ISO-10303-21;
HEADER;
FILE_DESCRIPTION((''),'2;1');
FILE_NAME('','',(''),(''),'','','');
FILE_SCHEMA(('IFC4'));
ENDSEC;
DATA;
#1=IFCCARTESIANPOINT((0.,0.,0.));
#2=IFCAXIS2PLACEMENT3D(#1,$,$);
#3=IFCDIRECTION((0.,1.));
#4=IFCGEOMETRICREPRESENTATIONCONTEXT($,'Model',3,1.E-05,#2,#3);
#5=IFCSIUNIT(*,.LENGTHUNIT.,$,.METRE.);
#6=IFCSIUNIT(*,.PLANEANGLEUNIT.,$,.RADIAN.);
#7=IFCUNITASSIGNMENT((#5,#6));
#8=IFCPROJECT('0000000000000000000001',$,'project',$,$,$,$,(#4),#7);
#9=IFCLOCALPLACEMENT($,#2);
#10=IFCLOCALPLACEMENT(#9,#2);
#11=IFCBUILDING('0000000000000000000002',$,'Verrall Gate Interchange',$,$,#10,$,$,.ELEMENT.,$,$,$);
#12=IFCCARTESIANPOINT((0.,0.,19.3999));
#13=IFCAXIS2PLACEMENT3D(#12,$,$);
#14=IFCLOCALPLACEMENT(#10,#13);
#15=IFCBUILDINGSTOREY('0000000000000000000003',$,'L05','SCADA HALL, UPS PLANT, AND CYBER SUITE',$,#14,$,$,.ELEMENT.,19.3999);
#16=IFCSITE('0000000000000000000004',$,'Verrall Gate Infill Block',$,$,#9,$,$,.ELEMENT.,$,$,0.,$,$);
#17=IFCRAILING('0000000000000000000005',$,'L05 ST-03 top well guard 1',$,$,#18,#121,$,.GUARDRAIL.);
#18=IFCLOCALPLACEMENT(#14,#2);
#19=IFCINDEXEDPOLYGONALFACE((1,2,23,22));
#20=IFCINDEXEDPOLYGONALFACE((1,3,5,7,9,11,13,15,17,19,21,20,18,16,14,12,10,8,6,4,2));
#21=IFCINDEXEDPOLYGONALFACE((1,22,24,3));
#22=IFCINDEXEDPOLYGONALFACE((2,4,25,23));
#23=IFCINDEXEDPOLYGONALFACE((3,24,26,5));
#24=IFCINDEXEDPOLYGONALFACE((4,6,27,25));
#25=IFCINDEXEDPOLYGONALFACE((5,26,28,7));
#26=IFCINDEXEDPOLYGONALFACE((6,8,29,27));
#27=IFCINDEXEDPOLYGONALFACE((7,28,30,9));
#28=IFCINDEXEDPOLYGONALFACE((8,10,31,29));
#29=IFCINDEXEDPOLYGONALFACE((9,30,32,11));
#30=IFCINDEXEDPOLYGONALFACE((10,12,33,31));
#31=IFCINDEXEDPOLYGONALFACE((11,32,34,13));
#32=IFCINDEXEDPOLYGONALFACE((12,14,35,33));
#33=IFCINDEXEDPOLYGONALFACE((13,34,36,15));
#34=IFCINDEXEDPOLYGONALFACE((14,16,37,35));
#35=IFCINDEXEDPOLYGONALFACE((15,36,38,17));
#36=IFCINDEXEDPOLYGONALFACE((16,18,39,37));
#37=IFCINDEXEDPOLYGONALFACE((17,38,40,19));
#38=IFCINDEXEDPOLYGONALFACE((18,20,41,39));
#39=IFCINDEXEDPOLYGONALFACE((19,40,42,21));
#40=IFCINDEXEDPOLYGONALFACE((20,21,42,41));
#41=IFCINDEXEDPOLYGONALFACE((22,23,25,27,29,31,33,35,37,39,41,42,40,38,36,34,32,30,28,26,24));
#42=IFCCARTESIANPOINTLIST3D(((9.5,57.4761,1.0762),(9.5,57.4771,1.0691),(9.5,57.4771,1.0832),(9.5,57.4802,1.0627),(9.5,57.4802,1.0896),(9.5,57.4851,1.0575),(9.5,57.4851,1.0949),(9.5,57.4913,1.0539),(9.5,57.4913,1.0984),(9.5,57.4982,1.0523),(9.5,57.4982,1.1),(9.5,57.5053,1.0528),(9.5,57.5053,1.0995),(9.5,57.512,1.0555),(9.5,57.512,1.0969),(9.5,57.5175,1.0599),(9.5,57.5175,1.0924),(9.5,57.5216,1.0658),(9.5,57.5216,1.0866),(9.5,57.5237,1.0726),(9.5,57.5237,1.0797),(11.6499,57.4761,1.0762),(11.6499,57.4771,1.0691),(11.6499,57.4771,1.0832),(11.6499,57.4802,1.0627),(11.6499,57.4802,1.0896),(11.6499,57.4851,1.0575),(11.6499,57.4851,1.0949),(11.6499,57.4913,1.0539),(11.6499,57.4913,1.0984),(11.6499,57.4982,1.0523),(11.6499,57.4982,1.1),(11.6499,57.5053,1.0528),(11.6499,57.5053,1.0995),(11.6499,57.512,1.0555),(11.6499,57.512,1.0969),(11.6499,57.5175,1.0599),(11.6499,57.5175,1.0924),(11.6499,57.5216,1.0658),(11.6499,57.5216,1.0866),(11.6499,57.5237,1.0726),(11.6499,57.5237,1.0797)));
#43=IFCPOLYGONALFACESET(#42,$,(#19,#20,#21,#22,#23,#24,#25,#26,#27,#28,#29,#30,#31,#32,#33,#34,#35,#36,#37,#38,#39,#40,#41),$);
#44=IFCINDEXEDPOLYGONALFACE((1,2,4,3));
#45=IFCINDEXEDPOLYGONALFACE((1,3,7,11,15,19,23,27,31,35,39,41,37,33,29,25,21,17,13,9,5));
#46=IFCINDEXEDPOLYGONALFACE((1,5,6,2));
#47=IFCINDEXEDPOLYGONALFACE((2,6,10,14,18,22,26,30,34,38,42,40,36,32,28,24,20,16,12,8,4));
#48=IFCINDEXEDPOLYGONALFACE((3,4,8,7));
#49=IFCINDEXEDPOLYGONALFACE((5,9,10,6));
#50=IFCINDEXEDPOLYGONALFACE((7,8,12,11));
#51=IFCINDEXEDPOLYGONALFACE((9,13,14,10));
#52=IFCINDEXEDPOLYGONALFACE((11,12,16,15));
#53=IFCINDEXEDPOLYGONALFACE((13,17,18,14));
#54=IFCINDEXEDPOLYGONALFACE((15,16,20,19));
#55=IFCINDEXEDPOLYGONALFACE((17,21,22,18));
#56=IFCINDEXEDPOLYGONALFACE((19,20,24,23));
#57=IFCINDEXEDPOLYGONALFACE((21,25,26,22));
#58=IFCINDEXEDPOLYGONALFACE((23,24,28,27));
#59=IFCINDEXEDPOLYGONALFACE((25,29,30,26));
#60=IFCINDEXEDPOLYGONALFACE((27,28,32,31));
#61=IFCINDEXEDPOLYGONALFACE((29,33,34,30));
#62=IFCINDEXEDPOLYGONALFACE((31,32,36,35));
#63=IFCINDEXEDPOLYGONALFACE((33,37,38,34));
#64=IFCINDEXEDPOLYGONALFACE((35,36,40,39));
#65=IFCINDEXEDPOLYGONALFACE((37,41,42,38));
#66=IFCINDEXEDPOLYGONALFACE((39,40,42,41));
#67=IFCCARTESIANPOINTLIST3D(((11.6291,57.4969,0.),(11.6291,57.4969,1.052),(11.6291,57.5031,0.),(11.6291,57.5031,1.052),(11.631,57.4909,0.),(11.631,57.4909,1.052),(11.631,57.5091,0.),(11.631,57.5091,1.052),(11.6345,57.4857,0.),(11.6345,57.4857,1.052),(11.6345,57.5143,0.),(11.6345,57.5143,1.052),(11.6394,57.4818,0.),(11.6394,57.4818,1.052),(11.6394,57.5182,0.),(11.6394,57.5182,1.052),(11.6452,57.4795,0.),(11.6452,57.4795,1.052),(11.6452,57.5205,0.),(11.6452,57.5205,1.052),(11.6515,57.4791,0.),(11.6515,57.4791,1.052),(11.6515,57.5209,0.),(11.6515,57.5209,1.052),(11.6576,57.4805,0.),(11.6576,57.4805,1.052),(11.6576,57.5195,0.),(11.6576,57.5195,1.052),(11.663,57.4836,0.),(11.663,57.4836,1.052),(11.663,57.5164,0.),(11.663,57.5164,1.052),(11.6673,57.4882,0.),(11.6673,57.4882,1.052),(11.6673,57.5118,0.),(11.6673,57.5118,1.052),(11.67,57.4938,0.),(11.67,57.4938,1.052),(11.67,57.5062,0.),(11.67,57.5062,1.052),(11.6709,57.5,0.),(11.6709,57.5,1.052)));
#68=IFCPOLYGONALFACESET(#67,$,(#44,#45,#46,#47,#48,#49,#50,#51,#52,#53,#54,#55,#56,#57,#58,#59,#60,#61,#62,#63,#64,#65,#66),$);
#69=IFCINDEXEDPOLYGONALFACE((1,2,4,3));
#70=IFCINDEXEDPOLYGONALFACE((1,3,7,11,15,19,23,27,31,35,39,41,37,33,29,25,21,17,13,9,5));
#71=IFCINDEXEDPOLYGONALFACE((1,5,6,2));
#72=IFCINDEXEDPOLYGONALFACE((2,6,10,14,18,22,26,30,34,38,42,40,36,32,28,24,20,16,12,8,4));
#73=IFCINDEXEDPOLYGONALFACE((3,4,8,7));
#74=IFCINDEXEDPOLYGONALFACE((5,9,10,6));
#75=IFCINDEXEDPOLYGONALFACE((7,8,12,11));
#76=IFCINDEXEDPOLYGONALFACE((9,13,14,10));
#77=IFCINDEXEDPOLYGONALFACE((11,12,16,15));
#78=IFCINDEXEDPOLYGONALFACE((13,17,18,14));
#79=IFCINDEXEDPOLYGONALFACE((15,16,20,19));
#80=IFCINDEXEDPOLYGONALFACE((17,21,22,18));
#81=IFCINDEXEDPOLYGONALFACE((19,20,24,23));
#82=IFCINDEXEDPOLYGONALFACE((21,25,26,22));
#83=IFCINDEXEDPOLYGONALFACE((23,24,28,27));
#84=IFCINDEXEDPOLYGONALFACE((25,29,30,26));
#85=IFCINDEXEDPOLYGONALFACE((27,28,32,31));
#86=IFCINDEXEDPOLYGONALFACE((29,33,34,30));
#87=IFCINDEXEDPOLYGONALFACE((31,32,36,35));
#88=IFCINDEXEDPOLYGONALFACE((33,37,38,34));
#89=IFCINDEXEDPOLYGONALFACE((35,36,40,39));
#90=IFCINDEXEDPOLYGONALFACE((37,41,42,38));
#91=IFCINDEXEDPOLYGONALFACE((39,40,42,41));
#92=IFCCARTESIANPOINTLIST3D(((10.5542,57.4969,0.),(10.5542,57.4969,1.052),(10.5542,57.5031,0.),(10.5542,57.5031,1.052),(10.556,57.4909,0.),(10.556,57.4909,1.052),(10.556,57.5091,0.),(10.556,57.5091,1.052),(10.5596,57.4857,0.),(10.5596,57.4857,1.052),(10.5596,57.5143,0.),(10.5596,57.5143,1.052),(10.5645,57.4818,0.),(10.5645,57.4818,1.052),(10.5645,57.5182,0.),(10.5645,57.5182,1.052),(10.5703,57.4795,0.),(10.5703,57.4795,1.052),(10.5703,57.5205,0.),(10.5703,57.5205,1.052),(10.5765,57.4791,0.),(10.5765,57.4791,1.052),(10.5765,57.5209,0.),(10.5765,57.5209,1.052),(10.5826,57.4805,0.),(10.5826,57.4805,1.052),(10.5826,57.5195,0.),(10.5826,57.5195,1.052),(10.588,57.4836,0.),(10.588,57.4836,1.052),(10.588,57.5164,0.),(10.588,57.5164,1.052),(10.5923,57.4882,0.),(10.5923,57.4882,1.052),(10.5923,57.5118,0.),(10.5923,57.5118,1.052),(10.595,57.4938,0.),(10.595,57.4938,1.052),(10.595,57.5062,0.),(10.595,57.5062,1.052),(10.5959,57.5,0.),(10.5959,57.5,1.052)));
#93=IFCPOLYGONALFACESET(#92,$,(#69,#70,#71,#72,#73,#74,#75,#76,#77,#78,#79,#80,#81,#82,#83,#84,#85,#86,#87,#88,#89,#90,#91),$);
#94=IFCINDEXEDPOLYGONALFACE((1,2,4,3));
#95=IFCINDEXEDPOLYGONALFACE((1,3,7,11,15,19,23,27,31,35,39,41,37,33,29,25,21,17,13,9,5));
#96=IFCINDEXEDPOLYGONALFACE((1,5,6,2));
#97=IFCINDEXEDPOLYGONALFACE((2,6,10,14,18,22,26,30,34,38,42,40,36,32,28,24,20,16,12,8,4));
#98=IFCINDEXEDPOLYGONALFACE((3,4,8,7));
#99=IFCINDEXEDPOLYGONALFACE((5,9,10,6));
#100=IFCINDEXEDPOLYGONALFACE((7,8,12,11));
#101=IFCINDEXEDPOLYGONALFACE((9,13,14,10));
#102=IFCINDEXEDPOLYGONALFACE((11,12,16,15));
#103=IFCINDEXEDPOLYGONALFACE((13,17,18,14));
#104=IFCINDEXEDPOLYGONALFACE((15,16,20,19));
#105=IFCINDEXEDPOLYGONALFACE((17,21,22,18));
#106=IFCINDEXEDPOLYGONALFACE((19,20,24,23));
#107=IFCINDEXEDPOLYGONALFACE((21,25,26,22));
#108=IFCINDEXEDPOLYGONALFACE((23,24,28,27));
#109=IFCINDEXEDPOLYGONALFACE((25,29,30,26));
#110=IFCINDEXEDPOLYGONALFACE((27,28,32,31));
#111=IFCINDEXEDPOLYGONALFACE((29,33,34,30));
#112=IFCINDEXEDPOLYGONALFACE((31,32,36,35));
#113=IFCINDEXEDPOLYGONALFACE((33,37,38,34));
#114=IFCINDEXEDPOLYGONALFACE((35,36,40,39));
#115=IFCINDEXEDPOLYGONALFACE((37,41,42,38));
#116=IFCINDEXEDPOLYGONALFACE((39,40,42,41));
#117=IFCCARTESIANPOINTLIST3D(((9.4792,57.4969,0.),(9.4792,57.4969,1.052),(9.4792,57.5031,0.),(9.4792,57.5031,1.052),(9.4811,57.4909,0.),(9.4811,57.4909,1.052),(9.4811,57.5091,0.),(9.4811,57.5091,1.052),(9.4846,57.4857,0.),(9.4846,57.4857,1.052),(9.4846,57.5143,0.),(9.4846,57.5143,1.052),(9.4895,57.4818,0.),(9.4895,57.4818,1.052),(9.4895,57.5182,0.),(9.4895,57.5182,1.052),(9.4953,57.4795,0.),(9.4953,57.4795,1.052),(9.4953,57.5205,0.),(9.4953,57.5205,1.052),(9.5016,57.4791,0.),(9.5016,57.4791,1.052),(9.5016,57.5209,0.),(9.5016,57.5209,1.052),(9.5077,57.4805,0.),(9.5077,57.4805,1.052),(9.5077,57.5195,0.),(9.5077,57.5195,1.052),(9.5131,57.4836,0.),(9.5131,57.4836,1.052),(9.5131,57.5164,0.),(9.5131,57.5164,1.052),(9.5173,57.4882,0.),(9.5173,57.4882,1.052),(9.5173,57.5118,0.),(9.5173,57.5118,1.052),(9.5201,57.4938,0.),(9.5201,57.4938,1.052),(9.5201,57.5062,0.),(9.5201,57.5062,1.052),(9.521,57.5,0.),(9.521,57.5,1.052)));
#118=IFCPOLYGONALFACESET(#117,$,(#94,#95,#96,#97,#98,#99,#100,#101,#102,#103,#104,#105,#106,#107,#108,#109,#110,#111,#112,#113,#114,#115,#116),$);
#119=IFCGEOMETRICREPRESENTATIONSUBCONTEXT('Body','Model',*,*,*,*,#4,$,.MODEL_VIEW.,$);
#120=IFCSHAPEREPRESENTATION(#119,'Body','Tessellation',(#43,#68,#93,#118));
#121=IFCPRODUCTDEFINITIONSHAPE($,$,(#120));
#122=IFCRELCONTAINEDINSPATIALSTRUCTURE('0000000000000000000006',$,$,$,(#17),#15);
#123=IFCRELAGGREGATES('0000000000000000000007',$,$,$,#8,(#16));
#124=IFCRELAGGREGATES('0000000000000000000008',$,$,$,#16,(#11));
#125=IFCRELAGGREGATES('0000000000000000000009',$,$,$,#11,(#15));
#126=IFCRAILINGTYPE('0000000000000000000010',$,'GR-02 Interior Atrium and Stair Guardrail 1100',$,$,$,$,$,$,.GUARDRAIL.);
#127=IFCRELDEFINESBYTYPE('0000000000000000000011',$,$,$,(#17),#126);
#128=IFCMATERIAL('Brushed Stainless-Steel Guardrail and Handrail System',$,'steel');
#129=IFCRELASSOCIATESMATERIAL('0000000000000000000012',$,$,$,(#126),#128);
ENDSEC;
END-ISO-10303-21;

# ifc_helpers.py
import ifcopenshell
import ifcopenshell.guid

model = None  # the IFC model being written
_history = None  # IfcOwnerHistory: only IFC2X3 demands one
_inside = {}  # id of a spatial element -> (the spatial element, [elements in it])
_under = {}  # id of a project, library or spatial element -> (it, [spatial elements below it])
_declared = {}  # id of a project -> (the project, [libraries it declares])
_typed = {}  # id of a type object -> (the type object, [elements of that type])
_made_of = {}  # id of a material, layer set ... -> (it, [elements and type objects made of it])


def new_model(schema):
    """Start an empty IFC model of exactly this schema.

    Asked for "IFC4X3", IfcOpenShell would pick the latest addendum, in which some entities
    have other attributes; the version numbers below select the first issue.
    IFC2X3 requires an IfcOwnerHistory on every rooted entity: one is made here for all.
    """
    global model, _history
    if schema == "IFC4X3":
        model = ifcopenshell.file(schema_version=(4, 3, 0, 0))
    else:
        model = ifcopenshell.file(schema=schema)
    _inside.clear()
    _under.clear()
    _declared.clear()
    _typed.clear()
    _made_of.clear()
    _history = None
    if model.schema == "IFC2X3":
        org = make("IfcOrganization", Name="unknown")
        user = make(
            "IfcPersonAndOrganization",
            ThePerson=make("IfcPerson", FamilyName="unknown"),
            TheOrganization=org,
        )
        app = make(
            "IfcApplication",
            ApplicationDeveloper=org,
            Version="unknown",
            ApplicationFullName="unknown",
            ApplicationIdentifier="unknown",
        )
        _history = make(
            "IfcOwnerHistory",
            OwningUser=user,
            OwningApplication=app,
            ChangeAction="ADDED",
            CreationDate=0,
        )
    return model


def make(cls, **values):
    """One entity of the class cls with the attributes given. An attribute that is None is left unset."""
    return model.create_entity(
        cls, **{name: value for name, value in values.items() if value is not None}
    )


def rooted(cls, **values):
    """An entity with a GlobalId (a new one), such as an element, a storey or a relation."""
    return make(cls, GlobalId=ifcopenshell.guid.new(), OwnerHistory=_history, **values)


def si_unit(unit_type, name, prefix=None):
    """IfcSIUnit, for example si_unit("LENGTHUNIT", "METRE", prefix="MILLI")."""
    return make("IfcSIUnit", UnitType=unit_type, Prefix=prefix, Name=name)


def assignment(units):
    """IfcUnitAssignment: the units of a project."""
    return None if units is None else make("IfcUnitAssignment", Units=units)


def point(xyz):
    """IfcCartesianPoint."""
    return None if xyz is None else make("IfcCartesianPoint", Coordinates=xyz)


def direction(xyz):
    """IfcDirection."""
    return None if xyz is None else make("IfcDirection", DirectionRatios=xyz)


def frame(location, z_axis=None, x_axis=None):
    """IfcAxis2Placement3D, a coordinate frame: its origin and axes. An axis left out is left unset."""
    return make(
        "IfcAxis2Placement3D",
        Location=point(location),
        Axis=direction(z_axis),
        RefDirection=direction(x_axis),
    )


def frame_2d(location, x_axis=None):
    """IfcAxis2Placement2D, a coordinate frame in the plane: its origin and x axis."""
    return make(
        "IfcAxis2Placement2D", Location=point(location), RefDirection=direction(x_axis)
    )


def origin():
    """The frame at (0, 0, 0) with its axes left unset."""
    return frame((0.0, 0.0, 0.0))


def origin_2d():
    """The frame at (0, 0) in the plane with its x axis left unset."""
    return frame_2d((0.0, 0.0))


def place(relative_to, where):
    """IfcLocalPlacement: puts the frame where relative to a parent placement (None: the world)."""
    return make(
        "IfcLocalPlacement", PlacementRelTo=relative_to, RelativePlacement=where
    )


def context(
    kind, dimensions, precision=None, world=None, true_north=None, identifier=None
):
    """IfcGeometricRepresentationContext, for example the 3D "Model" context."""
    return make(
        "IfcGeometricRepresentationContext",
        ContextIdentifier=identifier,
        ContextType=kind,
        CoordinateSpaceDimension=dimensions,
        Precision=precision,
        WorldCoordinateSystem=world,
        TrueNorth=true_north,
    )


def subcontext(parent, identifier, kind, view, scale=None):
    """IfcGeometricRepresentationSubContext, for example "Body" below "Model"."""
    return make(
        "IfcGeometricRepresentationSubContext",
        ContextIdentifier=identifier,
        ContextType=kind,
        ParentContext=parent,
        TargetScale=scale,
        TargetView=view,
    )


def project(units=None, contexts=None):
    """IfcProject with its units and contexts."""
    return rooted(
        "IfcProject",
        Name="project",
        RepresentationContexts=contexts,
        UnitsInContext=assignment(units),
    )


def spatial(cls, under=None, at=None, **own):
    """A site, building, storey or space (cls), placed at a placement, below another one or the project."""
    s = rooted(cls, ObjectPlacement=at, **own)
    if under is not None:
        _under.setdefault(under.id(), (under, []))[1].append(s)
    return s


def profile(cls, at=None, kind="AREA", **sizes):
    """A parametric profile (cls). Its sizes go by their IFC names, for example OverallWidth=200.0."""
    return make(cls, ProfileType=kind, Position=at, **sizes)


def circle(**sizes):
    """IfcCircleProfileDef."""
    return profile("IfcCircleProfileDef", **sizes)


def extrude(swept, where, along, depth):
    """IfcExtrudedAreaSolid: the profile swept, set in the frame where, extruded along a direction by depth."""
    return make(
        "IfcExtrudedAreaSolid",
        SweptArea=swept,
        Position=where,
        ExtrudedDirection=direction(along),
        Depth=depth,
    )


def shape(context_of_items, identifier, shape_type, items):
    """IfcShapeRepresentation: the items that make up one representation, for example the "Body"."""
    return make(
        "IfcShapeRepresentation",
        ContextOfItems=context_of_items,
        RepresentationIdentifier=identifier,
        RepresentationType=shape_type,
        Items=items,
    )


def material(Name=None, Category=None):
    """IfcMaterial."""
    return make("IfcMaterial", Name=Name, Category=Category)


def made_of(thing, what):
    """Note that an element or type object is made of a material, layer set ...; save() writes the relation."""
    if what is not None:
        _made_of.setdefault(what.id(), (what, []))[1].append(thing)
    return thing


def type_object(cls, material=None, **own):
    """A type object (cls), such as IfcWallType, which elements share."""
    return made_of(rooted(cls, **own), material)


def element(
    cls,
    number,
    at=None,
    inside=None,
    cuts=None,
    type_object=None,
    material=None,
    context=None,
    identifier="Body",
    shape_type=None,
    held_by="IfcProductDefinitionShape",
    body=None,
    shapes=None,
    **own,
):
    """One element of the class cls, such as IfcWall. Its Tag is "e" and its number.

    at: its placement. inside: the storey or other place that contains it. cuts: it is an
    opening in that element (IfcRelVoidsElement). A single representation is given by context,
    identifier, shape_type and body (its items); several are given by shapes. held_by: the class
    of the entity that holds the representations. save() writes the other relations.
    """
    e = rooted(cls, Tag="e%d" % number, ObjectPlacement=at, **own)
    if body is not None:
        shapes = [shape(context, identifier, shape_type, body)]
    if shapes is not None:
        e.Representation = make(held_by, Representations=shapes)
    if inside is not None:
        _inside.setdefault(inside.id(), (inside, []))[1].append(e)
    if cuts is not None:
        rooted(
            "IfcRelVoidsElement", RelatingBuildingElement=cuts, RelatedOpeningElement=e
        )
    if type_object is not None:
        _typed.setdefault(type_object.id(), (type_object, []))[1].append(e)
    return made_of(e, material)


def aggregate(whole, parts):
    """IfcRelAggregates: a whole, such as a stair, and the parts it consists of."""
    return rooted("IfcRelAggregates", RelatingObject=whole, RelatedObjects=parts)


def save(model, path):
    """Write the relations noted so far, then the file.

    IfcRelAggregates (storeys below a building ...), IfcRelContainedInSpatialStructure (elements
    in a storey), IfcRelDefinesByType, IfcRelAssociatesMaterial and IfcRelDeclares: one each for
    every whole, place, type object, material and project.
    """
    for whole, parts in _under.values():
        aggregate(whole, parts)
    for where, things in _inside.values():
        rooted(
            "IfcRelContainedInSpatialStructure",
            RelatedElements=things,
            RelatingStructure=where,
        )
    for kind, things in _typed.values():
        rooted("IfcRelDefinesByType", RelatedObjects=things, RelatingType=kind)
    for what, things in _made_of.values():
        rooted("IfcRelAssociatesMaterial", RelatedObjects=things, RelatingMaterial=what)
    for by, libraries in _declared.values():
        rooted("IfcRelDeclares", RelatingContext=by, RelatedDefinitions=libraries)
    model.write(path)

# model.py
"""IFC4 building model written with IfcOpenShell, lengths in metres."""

from ifc_helpers import new_model, si_unit, direction, frame, origin, origin_2d, place, context, subcontext, project, spatial, circle, extrude, material, type_object, element, save


model = new_model("IFC4")

# Units and contexts
model_context = context("Model", 3, precision=1e-05, world=origin(), true_north=direction((0.0, 1.0)))
body_context = subcontext(model_context, "Body", "Model", "MODEL_VIEW")
ifc_project = project(units=[si_unit("LENGTHUNIT", "METRE"), si_unit("PLANEANGLEUNIT", "RADIAN")], contexts=[model_context])

# Site, building, storey
site_placement = place(None, origin())
site = spatial("IfcSite", under=ifc_project, at=site_placement, Name="Verrall Gate Infill Block", CompositionType="ELEMENT", RefElevation=0.0)
building_placement = place(site_placement, origin())
building = spatial("IfcBuilding", under=site, at=building_placement, Name="Verrall Gate Interchange", CompositionType="ELEMENT")
storey_placement = place(building_placement, frame((0.0, 0.0, 19.3999)))
storey = spatial("IfcBuildingStorey", under=building, at=storey_placement, Name="L05", Description="SCADA HALL, UPS PLANT, AND CYBER SUITE", CompositionType="ELEMENT", Elevation=19.3999)

# Railing
ifc_material_1 = material(Name="Brushed Stainless-Steel Guardrail and Handrail System", Category="steel")
railing_type_1 = type_object("IfcRailingType", Name="GR-02 Interior Atrium and Stair Guardrail 1100", PredefinedType="GUARDRAIL", material=ifc_material_1)
railing_1_placement = place(storey_placement, frame((11.6499, 57.5, 0.0)))
element("IfcRailing", 1, at=railing_1_placement, inside=storey, type_object=railing_type_1, Name="L05 ST-03 top well guard 1", PredefinedType="GUARDRAIL", context=body_context, shape_type="SweptSolid", body=[
    extrude(circle(Radius=0.0239, at=origin_2d()), frame((0.0, 0.0, 1.0762), z_axis=(-1.0, 0.0, 0.0), x_axis=(0.0, -1.0, 0.0)), (0.0, 0.0, 1.0), 2.1499),
    extrude(circle(Radius=0.021, at=origin_2d()), origin(), (0.0, 0.0, 1.0), 1.052),
    extrude(circle(Radius=0.021, at=origin_2d()), frame((-1.075, 0.0, 0.0)), (0.0, 0.0, 1.0), 1.052),
    extrude(circle(Radius=0.021, at=origin_2d()), frame((-2.1499, 0.0, 0.0)), (0.0, 0.0, 1.0), 1.052),
])

save(model, "model.ifc")
